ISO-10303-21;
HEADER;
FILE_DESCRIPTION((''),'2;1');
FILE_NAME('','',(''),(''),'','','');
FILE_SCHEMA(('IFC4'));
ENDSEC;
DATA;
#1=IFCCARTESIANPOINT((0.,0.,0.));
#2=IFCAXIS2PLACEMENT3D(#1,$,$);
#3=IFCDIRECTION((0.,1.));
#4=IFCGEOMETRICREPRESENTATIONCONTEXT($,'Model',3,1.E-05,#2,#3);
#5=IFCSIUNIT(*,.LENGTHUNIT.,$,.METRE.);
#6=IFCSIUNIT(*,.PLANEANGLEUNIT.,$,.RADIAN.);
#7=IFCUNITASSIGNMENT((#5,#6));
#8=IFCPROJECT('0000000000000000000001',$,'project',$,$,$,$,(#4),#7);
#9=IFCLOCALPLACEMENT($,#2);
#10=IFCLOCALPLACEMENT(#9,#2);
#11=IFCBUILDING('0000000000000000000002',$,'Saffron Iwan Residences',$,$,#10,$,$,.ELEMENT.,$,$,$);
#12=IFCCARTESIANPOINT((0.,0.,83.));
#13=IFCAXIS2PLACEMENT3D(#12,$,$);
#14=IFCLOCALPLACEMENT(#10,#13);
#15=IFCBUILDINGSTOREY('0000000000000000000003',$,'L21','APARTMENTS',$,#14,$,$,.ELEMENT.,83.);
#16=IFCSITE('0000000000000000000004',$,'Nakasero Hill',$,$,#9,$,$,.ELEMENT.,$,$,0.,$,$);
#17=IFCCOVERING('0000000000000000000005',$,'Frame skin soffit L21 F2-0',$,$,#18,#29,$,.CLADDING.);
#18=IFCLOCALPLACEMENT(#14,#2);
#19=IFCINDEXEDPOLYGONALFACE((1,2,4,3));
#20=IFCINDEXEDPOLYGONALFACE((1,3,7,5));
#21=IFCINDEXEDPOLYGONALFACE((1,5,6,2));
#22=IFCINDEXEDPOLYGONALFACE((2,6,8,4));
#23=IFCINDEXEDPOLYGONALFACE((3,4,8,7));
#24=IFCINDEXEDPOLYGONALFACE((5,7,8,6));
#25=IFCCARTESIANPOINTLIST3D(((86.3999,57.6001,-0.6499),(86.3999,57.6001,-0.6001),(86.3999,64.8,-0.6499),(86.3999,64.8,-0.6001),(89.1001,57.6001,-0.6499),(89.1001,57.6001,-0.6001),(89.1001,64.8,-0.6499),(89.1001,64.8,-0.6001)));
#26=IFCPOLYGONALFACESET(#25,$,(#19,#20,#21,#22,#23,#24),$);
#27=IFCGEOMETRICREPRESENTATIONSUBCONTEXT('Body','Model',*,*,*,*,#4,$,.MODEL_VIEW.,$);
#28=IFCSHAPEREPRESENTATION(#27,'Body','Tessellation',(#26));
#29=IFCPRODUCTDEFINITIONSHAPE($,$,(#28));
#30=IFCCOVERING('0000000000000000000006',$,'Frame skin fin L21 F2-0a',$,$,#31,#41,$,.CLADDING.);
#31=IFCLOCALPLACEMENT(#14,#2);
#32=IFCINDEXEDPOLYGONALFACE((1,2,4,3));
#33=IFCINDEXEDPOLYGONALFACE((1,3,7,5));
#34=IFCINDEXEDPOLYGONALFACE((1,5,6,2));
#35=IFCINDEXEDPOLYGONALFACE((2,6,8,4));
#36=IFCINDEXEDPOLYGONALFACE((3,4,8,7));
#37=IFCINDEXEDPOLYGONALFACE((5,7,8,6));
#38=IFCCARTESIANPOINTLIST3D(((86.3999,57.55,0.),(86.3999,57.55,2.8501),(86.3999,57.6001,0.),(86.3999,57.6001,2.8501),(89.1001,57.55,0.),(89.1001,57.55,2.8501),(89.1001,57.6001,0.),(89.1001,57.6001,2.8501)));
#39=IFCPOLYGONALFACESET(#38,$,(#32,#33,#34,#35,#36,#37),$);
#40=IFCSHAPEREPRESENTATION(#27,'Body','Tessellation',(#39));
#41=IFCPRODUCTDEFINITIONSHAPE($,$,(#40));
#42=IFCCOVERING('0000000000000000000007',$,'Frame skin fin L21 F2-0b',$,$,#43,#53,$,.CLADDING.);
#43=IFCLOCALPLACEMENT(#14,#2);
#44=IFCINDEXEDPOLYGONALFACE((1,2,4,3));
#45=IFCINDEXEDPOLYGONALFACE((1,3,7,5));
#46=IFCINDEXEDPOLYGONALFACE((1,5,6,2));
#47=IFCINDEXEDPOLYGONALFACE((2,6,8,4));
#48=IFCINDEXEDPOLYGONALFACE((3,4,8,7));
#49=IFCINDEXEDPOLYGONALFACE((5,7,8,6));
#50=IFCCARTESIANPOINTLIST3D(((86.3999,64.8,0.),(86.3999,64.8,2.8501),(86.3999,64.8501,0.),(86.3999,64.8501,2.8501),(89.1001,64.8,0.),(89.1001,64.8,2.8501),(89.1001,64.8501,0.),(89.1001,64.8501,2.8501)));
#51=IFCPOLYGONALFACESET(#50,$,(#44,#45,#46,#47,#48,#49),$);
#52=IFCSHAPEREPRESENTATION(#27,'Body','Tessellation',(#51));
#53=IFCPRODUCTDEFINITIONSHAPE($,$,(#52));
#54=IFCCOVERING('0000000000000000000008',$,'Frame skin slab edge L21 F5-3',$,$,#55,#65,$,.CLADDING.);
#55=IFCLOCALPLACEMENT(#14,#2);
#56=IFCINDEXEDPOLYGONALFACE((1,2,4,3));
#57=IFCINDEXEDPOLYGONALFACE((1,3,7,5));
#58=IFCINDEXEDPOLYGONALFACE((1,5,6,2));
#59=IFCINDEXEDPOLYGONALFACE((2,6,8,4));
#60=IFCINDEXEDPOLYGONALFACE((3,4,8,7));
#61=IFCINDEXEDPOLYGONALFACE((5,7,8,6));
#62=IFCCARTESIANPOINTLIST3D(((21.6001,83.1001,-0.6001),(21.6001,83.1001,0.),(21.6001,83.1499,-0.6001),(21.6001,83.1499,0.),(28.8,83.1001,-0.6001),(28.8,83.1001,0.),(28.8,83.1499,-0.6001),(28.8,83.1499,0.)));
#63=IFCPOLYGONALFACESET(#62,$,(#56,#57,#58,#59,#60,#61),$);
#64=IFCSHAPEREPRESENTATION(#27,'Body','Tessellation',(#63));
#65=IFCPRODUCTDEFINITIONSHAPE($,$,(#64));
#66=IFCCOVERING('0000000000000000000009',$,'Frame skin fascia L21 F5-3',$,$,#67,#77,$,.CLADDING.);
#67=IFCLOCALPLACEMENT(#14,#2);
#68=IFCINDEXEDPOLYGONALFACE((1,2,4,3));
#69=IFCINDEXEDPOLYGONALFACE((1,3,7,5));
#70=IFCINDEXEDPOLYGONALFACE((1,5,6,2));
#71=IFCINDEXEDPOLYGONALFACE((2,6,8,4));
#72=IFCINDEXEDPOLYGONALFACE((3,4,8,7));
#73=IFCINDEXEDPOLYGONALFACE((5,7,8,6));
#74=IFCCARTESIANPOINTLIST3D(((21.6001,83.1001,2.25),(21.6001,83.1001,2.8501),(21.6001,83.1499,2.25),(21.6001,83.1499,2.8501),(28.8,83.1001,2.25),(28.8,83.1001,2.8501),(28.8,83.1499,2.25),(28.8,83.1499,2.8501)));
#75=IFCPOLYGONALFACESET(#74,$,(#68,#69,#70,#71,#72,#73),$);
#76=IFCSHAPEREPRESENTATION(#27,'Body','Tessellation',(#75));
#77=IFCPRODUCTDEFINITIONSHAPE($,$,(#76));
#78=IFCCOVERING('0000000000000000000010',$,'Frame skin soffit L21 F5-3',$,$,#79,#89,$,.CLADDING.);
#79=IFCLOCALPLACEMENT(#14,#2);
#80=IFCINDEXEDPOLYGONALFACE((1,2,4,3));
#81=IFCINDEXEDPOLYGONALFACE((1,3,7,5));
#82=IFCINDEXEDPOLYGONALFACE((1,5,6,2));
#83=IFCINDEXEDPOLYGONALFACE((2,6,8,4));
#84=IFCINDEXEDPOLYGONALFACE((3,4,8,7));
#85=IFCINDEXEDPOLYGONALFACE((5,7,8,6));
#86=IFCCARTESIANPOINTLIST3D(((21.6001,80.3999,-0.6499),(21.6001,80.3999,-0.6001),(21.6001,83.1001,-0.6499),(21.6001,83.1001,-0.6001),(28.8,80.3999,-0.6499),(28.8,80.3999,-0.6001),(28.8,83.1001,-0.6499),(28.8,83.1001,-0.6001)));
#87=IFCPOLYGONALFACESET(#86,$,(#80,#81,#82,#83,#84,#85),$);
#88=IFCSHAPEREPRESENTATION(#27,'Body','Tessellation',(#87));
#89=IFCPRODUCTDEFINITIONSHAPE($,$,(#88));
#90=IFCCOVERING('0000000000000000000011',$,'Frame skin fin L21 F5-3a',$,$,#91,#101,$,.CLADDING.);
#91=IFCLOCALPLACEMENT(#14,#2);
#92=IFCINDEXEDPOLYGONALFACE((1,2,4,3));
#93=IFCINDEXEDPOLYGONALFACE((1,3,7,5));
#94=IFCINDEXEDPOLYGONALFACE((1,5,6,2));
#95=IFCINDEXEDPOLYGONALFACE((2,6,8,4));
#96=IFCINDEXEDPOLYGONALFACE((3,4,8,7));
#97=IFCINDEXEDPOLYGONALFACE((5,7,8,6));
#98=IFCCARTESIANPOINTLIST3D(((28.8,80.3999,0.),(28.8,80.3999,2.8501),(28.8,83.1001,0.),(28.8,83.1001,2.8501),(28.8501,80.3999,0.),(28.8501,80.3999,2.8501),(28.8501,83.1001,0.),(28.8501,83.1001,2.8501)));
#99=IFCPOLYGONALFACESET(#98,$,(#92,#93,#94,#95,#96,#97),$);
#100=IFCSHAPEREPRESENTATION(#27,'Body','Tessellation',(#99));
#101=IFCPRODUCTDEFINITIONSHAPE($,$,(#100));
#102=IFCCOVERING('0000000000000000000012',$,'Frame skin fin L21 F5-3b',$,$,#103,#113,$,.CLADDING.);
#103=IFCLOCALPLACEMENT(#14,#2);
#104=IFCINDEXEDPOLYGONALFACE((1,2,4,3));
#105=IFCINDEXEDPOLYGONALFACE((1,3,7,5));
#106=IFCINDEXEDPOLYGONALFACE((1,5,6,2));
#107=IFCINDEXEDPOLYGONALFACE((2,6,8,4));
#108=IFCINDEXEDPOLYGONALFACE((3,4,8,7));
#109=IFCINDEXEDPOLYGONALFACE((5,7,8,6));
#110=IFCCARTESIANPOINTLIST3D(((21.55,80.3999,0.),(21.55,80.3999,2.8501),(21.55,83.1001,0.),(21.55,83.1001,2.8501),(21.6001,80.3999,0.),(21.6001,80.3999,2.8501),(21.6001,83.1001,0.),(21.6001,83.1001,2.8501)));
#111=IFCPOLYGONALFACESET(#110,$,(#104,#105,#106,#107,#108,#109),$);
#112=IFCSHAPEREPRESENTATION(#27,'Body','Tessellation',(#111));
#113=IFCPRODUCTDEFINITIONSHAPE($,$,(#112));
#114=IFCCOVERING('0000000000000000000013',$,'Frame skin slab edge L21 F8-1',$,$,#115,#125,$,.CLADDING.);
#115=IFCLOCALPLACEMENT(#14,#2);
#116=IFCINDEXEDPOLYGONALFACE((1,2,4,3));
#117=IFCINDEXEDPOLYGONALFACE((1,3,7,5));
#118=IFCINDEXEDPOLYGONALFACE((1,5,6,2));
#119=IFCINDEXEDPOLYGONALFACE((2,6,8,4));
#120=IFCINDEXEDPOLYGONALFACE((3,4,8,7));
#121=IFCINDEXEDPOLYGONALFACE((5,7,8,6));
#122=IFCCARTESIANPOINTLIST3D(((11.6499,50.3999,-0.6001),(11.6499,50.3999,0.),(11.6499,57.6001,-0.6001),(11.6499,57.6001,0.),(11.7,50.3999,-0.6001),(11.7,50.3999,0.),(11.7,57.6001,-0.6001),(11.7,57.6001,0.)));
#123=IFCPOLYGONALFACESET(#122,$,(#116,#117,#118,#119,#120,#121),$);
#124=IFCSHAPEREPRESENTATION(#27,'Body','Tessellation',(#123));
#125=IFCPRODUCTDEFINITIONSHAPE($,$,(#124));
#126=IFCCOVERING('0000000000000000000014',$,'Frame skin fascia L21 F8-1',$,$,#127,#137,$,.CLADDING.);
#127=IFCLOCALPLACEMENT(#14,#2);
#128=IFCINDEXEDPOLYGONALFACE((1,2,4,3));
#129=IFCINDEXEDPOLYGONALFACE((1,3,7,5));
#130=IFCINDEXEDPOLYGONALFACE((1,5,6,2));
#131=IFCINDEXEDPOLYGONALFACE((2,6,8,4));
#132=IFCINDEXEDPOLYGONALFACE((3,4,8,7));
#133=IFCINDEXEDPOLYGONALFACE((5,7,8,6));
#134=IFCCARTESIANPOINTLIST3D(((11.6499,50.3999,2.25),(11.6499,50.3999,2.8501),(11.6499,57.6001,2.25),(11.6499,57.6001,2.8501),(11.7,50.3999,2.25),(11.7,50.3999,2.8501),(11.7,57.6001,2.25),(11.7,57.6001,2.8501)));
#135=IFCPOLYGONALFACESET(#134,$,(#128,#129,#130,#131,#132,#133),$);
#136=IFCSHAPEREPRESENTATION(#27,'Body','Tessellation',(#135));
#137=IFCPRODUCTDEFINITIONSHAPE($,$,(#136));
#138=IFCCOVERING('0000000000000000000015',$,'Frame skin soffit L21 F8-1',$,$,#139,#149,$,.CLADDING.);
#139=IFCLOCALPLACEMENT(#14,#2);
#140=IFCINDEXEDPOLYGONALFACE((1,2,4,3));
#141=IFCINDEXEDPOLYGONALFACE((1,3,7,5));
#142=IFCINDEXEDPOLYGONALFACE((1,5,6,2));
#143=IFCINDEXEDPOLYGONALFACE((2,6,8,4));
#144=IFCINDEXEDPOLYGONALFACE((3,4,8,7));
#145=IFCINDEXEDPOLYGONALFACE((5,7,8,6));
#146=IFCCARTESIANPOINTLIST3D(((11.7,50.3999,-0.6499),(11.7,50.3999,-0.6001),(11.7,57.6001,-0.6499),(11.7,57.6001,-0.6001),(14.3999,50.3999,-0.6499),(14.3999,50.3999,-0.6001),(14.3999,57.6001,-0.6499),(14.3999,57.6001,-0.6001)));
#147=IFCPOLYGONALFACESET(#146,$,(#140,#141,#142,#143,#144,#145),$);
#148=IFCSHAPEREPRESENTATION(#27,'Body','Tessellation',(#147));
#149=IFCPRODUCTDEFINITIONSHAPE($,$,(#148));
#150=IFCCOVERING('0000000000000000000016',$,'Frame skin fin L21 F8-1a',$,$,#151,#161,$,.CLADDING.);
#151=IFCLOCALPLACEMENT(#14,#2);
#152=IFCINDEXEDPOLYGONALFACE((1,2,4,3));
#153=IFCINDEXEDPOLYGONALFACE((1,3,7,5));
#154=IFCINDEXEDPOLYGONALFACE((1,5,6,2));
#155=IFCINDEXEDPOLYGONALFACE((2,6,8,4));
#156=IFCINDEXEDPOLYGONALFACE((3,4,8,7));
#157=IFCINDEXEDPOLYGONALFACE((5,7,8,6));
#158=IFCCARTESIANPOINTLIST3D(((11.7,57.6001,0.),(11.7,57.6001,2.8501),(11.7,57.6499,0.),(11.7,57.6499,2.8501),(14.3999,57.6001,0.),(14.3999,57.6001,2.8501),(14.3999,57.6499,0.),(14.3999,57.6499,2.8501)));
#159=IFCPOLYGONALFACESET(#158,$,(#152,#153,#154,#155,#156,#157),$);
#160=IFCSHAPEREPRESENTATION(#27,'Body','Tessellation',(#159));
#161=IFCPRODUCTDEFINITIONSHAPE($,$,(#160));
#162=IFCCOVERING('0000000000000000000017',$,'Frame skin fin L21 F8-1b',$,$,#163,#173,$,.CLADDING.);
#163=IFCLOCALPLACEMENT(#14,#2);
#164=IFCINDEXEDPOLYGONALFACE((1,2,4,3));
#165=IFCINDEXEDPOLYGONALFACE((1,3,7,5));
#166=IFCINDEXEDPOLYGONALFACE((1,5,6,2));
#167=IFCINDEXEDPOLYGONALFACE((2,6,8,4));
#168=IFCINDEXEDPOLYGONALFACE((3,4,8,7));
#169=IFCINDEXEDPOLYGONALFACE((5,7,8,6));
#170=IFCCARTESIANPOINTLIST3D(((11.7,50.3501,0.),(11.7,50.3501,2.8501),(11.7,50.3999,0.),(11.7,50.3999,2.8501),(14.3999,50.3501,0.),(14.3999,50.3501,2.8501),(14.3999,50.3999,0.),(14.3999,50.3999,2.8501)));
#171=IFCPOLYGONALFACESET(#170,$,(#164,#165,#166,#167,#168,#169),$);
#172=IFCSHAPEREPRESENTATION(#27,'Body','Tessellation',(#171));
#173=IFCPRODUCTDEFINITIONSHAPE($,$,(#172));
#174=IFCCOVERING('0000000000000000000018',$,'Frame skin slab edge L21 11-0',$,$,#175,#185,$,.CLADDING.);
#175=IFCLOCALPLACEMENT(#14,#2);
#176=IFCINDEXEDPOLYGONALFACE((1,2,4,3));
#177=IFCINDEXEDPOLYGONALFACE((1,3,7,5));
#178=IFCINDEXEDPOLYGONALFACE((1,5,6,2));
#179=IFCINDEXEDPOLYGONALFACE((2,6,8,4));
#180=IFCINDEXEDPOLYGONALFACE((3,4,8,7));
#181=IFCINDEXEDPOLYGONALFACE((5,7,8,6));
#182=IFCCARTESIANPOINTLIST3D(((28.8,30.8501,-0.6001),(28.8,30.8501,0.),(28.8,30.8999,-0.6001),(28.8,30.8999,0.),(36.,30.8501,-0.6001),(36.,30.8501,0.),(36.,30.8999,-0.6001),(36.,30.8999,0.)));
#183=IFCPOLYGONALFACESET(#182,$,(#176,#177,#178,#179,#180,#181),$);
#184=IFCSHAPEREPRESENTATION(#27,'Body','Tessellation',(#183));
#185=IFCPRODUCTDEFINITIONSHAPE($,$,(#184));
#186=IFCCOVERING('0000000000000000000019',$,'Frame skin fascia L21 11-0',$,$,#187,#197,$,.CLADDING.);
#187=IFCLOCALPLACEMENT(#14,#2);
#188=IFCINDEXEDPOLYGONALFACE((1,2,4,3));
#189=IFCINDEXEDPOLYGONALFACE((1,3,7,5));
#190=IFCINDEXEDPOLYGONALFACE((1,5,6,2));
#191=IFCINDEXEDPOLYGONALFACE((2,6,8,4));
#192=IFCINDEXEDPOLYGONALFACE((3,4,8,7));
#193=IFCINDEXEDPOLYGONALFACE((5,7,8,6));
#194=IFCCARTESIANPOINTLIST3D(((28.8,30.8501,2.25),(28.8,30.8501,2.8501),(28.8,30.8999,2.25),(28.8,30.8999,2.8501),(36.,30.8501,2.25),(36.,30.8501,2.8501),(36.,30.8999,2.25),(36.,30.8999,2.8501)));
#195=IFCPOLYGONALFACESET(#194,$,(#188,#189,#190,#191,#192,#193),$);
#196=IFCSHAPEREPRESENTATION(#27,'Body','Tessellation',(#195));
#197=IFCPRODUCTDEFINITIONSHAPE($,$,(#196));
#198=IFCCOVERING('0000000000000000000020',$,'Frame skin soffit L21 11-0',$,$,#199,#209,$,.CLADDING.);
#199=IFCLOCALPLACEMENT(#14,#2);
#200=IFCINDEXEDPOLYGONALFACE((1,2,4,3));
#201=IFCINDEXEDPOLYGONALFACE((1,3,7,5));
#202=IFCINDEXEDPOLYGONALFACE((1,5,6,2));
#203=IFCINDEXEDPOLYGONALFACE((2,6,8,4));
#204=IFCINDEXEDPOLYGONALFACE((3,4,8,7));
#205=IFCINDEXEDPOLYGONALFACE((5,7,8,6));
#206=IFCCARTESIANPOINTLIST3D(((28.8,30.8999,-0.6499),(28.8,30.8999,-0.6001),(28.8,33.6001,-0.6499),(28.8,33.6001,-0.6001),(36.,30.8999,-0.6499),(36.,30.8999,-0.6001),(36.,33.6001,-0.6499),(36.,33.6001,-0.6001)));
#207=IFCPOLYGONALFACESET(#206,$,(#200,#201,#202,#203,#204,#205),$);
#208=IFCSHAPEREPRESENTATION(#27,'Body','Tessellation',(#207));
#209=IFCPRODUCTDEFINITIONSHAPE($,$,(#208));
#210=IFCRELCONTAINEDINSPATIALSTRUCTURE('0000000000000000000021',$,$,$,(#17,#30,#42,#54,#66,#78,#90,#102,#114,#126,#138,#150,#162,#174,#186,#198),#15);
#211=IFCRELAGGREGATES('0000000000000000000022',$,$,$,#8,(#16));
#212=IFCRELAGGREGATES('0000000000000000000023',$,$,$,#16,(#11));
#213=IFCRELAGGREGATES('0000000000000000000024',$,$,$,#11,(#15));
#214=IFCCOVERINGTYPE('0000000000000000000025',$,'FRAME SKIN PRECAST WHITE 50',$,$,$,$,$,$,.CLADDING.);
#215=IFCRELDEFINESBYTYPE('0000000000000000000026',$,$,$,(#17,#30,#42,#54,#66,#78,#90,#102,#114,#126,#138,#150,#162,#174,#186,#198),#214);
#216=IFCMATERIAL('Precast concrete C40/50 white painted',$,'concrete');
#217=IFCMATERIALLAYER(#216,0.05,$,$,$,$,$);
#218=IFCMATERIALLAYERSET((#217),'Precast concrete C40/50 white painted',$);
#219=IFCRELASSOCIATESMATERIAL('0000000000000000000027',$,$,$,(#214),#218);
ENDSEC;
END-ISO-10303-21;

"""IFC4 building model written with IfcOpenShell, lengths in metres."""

from ifc_helpers import new_model, si_unit, direction, frame, origin, place, context, subcontext, project, spatial, polyline, outline, extrude, material, layer, layer_set, type_object, element, save


model = new_model("IFC4")

# Units and contexts
model_context = context("Model", 3, precision=1e-05, world=origin(), true_north=direction((0.0, 1.0)))
body_context = subcontext(model_context, "Body", "Model", "MODEL_VIEW")
ifc_project = project(units=[si_unit("LENGTHUNIT", "METRE"), si_unit("PLANEANGLEUNIT", "RADIAN")], contexts=[model_context])

# Site, building, storey
site_placement = place(None, origin())
site = spatial("IfcSite", under=ifc_project, at=site_placement, Name="Nakasero Hill", CompositionType="ELEMENT", RefElevation=0.0)
building_placement = place(site_placement, origin())
building = spatial("IfcBuilding", under=site, at=building_placement, Name="Saffron Iwan Residences", CompositionType="ELEMENT")
storey_placement = place(building_placement, frame((0.0, 0.0, 83.0)))
storey = spatial("IfcBuildingStorey", under=building, at=storey_placement, Name="L21", Description="APARTMENTS", CompositionType="ELEMENT", Elevation=83.0)

# Coverings
ifc_material_1 = material(Name="Precast concrete C40/50 white painted", Category="concrete")
ifc_layer_1 = layer(ifc_material_1, 0.05)
ifc_layer_set_1 = layer_set([ifc_layer_1], Name="Precast concrete C40/50 white painted")
covering_type_1 = type_object("IfcCoveringType", Name="FRAME SKIN PRECAST WHITE 50", PredefinedType="CLADDING", material=ifc_layer_set_1)
covering_1_placement = place(storey_placement, frame((0.0, 0.0, -0.6499)))
element("IfcCovering", 1, at=covering_1_placement, inside=storey, type_object=covering_type_1, Name="Frame skin soffit L21 F2-0", PredefinedType="CLADDING", context=body_context, shape_type="SweptSolid", body=[
    extrude(outline(polyline([(89.1001, 57.6001), (89.1001, 64.8), (86.3999, 64.8), (86.3999, 57.6001), (89.1001, 57.6001)])), origin(), (0.0, 0.0, 1.0), 0.0498),
])
covering_2_placement = place(storey_placement, origin())
element("IfcCovering", 2, at=covering_2_placement, inside=storey, type_object=covering_type_1, Name="Frame skin fin L21 F2-0a", PredefinedType="CLADDING", context=body_context, shape_type="SweptSolid", body=[
    extrude(outline(polyline([(89.1001, 57.55), (89.1001, 57.6001), (86.3999, 57.6001), (86.3999, 57.55), (89.1001, 57.55)])), origin(), (0.0, 0.0, 1.0), 2.8501),
])
covering_3_placement = place(storey_placement, origin())
element("IfcCovering", 3, at=covering_3_placement, inside=storey, type_object=covering_type_1, Name="Frame skin fin L21 F2-0b", PredefinedType="CLADDING", context=body_context, shape_type="SweptSolid", body=[
    extrude(outline(polyline([(89.1001, 64.8), (89.1001, 64.8501), (86.3999, 64.8501), (86.3999, 64.8), (89.1001, 64.8)])), origin(), (0.0, 0.0, 1.0), 2.8501),
])
for number, where, name in (
    (4, (0.0, 0.0, -0.6001), "Frame skin slab edge L21 F5-3"),
    (5, (0.0, 0.0, 2.25), "Frame skin fascia L21 F5-3"),
):
    element("IfcCovering", number, at=place(storey_placement, frame(where)), inside=storey, type_object=covering_type_1, Name=name, PredefinedType="CLADDING", context=body_context, shape_type="SweptSolid", body=[
        extrude(outline(polyline([(28.8, 83.1499), (21.6001, 83.1499), (21.6001, 83.1001), (28.8, 83.1001), (28.8, 83.1499)])), origin(), (0.0, 0.0, 1.0), 0.6001),
    ])
covering_4_placement = place(storey_placement, frame((0.0, 0.0, -0.6499)))
element("IfcCovering", 6, at=covering_4_placement, inside=storey, type_object=covering_type_1, Name="Frame skin soffit L21 F5-3", PredefinedType="CLADDING", context=body_context, shape_type="SweptSolid", body=[
    extrude(outline(polyline([(28.8, 83.1001), (21.6001, 83.1001), (21.6001, 80.3999), (28.8, 80.3999), (28.8, 83.1001)])), origin(), (0.0, 0.0, 1.0), 0.0498),
])
covering_5_placement = place(storey_placement, origin())
element("IfcCovering", 7, at=covering_5_placement, inside=storey, type_object=covering_type_1, Name="Frame skin fin L21 F5-3a", PredefinedType="CLADDING", context=body_context, shape_type="SweptSolid", body=[
    extrude(outline(polyline([(28.8501, 83.1001), (28.8, 83.1001), (28.8, 80.3999), (28.8501, 80.3999), (28.8501, 83.1001)])), origin(), (0.0, 0.0, 1.0), 2.8501),
])
covering_6_placement = place(storey_placement, origin())
element("IfcCovering", 8, at=covering_6_placement, inside=storey, type_object=covering_type_1, Name="Frame skin fin L21 F5-3b", PredefinedType="CLADDING", context=body_context, shape_type="SweptSolid", body=[
    extrude(outline(polyline([(21.6001, 83.1001), (21.55, 83.1001), (21.55, 80.3999), (21.6001, 80.3999), (21.6001, 83.1001)])), origin(), (0.0, 0.0, 1.0), 2.8501),
])
for number, where, name in (
    (9, (0.0, 0.0, -0.6001), "Frame skin slab edge L21 F8-1"),
    (10, (0.0, 0.0, 2.25), "Frame skin fascia L21 F8-1"),
):
    element("IfcCovering", number, at=place(storey_placement, frame(where)), inside=storey, type_object=covering_type_1, Name=name, PredefinedType="CLADDING", context=body_context, shape_type="SweptSolid", body=[
        extrude(outline(polyline([(11.6499, 57.6001), (11.6499, 50.3999), (11.7, 50.3999), (11.7, 57.6001), (11.6499, 57.6001)])), origin(), (0.0, 0.0, 1.0), 0.6001),
    ])
covering_7_placement = place(storey_placement, frame((0.0, 0.0, -0.6499)))
element("IfcCovering", 11, at=covering_7_placement, inside=storey, type_object=covering_type_1, Name="Frame skin soffit L21 F8-1", PredefinedType="CLADDING", context=body_context, shape_type="SweptSolid", body=[
    extrude(outline(polyline([(11.7, 57.6001), (11.7, 50.3999), (14.3999, 50.3999), (14.3999, 57.6001), (11.7, 57.6001)])), origin(), (0.0, 0.0, 1.0), 0.0498),
])
covering_8_placement = place(storey_placement, origin())
element("IfcCovering", 12, at=covering_8_placement, inside=storey, type_object=covering_type_1, Name="Frame skin fin L21 F8-1a", PredefinedType="CLADDING", context=body_context, shape_type="SweptSolid", body=[
    extrude(outline(polyline([(11.7, 57.6499), (11.7, 57.6001), (14.3999, 57.6001), (14.3999, 57.6499), (11.7, 57.6499)])), origin(), (0.0, 0.0, 1.0), 2.8501),
])
covering_9_placement = place(storey_placement, origin())
element("IfcCovering", 13, at=covering_9_placement, inside=storey, type_object=covering_type_1, Name="Frame skin fin L21 F8-1b", PredefinedType="CLADDING", context=body_context, shape_type="SweptSolid", body=[
    extrude(outline(polyline([(11.7, 50.3999), (11.7, 50.3501), (14.3999, 50.3501), (14.3999, 50.3999), (11.7, 50.3999)])), origin(), (0.0, 0.0, 1.0), 2.8501),
])
for number, where, name in (
    (14, (0.0, 0.0, -0.6001), "Frame skin slab edge L21 11-0"),
    (15, (0.0, 0.0, 2.25), "Frame skin fascia L21 11-0"),
):
    element("IfcCovering", number, at=place(storey_placement, frame(where)), inside=storey, type_object=covering_type_1, Name=name, PredefinedType="CLADDING", context=body_context, shape_type="SweptSolid", body=[
        extrude(outline(polyline([(28.8, 30.8501), (36.0, 30.8501), (36.0, 30.8999), (28.8, 30.8999), (28.8, 30.8501)])), origin(), (0.0, 0.0, 1.0), 0.6001),
    ])
covering_10_placement = place(storey_placement, frame((0.0, 0.0, -0.6499)))
element("IfcCovering", 16, at=covering_10_placement, inside=storey, type_object=covering_type_1, Name="Frame skin soffit L21 11-0", PredefinedType="CLADDING", context=body_context, shape_type="SweptSolid", body=[
    extrude(outline(polyline([(28.8, 30.8999), (36.0, 30.8999), (36.0, 33.6001), (28.8, 33.6001), (28.8, 30.8999)])), origin(), (0.0, 0.0, 1.0), 0.0498),
])

save(model, "model.ifc")
